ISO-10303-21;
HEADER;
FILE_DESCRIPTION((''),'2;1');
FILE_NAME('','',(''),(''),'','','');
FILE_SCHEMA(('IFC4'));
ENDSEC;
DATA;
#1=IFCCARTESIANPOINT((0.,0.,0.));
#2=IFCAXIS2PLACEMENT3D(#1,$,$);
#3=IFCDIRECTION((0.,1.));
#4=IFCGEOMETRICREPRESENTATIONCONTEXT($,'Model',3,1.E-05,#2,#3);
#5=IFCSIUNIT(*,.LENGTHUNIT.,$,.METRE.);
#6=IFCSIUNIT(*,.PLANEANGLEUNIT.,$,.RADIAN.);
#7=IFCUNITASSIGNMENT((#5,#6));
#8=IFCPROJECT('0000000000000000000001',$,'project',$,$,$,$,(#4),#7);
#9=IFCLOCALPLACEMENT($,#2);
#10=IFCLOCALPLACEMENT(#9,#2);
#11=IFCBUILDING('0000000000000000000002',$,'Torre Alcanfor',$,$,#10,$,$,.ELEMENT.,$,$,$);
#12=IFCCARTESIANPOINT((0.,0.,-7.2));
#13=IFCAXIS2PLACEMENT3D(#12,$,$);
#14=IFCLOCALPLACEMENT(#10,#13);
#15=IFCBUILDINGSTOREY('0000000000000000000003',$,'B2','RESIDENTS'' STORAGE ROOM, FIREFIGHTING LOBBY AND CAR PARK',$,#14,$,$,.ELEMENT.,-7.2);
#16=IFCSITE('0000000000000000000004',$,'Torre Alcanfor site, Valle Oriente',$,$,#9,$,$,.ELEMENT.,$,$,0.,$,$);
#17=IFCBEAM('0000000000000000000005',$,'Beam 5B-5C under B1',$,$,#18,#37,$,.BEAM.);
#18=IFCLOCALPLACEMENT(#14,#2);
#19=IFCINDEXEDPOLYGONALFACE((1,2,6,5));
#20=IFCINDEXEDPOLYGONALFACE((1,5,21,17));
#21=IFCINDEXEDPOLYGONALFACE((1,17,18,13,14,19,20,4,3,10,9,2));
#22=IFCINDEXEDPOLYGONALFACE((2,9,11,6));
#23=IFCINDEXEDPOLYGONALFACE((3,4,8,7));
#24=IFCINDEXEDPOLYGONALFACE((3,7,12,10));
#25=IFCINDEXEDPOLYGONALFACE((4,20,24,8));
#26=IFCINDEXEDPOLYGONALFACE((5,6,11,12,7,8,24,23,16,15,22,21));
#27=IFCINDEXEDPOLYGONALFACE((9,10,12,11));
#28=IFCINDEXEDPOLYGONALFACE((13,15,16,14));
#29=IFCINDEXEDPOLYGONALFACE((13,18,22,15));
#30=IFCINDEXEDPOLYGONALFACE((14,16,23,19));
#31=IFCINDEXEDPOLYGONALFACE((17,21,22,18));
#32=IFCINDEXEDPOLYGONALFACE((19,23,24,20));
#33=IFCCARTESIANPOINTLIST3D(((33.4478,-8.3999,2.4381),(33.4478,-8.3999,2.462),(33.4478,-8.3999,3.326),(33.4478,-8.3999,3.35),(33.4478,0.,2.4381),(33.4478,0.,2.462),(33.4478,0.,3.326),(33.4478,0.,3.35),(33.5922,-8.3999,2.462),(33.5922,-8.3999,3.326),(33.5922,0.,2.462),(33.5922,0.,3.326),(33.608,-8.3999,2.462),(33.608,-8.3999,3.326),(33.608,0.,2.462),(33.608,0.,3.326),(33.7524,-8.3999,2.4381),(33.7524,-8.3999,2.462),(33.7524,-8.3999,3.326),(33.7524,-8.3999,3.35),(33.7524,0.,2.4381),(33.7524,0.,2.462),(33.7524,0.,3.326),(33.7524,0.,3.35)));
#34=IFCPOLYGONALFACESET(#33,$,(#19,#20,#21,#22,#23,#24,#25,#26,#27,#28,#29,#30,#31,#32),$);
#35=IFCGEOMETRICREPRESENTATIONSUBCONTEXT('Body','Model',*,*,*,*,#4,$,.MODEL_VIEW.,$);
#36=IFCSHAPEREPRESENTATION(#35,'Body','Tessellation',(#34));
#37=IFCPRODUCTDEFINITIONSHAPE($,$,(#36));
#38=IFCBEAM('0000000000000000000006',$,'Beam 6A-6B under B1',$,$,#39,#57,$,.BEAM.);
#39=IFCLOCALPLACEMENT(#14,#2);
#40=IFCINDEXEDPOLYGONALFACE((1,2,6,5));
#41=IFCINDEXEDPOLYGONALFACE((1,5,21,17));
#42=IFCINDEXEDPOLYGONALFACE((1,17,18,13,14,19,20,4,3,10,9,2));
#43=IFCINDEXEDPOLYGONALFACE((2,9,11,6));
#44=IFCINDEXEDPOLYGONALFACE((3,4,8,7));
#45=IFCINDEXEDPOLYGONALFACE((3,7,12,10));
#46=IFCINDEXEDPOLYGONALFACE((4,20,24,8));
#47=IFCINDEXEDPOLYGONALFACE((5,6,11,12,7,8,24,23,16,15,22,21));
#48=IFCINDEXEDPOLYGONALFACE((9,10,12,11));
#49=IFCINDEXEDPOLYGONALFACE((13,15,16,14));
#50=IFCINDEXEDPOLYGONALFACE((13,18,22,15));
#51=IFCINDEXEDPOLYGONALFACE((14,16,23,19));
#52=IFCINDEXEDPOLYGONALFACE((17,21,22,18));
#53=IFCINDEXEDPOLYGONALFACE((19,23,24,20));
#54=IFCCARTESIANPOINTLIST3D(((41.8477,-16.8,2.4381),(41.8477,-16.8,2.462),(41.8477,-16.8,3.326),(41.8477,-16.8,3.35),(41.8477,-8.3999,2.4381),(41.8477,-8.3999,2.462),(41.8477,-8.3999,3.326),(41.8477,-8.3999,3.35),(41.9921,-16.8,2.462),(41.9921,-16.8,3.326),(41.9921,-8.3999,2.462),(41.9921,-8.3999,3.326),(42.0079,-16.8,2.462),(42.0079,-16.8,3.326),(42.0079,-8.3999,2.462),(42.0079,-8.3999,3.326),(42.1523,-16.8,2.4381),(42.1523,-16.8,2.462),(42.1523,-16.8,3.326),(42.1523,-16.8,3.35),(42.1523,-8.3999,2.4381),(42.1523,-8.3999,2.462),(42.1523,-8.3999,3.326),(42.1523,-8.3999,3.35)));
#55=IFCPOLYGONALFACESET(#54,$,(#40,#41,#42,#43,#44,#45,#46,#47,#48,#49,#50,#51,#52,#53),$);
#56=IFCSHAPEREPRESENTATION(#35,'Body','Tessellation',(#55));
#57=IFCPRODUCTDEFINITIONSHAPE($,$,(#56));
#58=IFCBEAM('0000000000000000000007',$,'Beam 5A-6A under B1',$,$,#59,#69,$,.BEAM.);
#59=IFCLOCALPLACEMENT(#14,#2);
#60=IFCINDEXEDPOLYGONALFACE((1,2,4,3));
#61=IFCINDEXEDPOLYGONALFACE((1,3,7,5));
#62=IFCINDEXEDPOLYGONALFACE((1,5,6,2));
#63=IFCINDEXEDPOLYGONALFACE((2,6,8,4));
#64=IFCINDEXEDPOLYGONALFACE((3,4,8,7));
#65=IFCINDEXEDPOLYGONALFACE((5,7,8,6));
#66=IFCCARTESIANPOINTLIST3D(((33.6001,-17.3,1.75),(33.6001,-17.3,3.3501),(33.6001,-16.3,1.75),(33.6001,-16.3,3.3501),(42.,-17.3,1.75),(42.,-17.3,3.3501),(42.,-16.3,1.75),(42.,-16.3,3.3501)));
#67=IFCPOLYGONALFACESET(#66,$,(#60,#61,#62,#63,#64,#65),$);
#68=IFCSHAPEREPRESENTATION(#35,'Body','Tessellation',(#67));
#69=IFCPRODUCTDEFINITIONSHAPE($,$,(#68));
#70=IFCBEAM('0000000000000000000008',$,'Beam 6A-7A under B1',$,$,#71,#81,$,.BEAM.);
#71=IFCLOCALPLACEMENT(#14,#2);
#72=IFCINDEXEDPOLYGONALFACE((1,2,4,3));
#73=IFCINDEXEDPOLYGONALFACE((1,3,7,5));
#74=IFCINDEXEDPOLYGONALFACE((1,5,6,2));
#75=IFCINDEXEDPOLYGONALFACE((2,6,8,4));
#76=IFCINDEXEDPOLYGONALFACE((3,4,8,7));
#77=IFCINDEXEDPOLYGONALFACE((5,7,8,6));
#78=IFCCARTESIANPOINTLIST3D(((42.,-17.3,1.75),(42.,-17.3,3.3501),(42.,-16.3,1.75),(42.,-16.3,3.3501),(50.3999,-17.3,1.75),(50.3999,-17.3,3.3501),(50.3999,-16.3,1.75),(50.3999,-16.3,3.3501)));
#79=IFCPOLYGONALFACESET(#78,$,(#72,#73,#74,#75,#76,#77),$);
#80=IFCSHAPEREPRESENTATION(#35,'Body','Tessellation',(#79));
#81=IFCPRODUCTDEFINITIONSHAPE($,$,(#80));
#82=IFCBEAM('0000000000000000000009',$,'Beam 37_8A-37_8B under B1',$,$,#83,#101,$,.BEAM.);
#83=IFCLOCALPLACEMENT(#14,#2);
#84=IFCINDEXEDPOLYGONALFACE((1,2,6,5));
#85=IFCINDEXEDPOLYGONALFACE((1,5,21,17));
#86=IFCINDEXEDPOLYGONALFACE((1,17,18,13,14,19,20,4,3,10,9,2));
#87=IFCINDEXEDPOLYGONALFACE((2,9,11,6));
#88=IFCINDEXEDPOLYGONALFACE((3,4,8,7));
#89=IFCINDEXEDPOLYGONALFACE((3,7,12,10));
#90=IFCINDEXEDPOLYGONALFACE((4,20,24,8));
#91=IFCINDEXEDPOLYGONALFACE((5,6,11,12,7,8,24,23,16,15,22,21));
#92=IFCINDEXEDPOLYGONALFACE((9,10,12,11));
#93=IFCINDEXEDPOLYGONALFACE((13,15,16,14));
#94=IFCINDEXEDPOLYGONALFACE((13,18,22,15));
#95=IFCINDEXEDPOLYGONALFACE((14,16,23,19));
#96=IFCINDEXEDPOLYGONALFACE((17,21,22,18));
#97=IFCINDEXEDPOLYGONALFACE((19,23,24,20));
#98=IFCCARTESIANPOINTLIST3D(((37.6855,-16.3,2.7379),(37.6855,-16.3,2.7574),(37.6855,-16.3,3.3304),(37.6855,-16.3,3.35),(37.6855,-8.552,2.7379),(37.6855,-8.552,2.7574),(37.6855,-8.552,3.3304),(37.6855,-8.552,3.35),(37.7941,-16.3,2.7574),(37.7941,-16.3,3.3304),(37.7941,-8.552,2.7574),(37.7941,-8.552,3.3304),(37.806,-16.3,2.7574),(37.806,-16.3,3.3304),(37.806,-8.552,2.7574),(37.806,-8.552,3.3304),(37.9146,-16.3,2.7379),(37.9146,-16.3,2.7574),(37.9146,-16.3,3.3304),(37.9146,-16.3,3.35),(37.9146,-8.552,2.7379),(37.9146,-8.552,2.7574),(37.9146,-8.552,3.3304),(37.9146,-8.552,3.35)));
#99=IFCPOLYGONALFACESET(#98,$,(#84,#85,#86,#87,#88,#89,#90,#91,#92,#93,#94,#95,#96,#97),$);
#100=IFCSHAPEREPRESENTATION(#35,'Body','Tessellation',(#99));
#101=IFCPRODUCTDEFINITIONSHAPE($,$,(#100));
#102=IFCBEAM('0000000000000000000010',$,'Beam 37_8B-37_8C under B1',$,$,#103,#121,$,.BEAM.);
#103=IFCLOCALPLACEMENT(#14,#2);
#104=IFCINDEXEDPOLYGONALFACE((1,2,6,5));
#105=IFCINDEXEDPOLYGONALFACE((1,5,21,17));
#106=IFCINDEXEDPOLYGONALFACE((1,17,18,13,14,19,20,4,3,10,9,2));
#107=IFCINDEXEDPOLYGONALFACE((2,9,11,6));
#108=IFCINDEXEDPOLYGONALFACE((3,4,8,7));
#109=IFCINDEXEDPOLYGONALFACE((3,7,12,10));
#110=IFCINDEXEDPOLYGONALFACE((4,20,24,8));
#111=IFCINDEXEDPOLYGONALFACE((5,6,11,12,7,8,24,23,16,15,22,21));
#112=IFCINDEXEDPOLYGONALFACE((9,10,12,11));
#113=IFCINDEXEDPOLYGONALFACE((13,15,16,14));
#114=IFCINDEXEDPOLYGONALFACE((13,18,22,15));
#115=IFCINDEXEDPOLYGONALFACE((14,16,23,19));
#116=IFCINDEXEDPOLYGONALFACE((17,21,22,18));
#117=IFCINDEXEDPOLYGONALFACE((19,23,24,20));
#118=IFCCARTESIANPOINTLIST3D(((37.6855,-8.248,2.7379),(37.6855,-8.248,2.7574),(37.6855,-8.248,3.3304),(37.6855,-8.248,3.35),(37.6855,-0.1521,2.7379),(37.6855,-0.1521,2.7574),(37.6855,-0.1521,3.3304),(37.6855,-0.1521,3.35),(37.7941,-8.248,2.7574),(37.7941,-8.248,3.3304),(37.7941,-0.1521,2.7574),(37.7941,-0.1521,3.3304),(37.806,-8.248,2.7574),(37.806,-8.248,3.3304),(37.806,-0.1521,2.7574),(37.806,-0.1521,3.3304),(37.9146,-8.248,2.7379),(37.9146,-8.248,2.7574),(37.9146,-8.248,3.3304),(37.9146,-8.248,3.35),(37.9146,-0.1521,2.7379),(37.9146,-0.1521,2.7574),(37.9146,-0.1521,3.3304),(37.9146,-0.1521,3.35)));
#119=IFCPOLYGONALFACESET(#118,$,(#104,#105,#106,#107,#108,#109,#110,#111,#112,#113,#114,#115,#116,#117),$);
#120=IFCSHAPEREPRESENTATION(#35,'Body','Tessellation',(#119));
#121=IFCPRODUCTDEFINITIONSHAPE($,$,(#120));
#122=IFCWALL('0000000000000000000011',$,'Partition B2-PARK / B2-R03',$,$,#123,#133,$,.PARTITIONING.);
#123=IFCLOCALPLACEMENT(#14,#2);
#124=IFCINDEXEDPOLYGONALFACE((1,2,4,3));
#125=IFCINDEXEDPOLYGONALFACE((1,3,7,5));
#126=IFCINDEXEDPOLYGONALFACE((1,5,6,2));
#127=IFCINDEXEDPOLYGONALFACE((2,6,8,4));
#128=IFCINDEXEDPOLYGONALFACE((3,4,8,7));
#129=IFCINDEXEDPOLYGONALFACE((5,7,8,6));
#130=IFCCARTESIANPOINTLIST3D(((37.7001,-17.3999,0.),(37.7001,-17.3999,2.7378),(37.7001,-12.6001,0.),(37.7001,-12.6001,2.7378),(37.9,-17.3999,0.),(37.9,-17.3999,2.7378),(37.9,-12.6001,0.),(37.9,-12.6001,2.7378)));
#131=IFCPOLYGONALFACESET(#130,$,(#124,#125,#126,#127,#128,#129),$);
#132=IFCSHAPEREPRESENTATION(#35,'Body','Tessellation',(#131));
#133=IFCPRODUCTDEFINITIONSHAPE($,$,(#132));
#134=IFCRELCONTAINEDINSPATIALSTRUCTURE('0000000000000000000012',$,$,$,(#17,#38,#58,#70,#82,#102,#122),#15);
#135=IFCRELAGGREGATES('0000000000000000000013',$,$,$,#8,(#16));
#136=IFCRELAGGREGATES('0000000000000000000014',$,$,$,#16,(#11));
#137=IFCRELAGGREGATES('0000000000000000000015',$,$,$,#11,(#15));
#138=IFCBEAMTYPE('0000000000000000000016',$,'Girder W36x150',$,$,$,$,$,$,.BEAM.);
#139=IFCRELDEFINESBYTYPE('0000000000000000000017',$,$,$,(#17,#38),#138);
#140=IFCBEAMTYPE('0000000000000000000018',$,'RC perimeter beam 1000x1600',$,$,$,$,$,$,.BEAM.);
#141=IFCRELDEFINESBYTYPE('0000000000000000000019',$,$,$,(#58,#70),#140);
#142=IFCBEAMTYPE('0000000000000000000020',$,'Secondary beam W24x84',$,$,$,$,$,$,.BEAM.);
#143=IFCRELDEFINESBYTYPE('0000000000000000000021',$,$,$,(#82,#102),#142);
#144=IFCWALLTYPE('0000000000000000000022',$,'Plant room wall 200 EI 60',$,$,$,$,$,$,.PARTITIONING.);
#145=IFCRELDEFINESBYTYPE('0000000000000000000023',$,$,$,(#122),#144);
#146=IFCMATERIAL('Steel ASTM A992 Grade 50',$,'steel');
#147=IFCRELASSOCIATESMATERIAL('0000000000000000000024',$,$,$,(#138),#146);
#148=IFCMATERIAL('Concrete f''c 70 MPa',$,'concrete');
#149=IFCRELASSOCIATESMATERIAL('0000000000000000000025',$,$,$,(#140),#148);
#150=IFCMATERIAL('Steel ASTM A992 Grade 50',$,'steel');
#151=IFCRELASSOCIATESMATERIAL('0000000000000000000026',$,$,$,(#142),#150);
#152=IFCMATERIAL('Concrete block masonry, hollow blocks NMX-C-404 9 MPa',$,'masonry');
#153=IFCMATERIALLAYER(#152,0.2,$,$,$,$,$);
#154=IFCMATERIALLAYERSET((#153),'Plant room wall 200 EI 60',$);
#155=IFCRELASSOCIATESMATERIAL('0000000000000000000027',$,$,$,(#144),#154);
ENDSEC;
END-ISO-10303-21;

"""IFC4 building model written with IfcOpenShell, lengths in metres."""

from ifc_helpers import new_model, si_unit, direction, frame, frame_2d, origin, origin_2d, place, context, subcontext, project, spatial, rectangle, i_section, extrude, material, layer, layer_set, material_profile, profile_set, type_object, element, save


model = new_model("IFC4")

# Units and contexts
model_context = context("Model", 3, precision=1e-05, world=origin(), true_north=direction((0.0, 1.0)))
body_context = subcontext(model_context, "Body", "Model", "MODEL_VIEW")
ifc_project = project(units=[si_unit("LENGTHUNIT", "METRE"), si_unit("PLANEANGLEUNIT", "RADIAN")], contexts=[model_context])

# Site, building, storey
site_placement = place(None, origin())
site = spatial("IfcSite", under=ifc_project, at=site_placement, Name="Torre Alcanfor site, Valle Oriente", CompositionType="ELEMENT", RefElevation=0.0)
building_placement = place(site_placement, origin())
building = spatial("IfcBuilding", under=site, at=building_placement, Name="Torre Alcanfor", CompositionType="ELEMENT")
storey_placement = place(building_placement, frame((0.0, 0.0, -7.2)))
storey = spatial("IfcBuildingStorey", under=building, at=storey_placement, Name="B2", Description="RESIDENTS' STORAGE ROOM, FIREFIGHTING LOBBY AND CAR PARK", CompositionType="ELEMENT", Elevation=-7.2)

# Beams
ifc_material_1 = material(Name="Steel ASTM A992 Grade 50", Category="steel")
ifc_material_profile_1 = material_profile(ifc_material_1, i_section(OverallWidth=0.3047, OverallDepth=0.9119, WebThickness=0.0159, FlangeThickness=0.0239, at=origin_2d()), Name="W36x150")
ifc_profile_set_1 = profile_set([ifc_material_profile_1], Name="Steel ASTM A992 Grade 50")
beam_type_1 = type_object("IfcBeamType", Name="Girder W36x150", PredefinedType="BEAM", material=ifc_profile_set_1)
beam_1_placement = place(storey_placement, frame((33.6001, -8.3999, 2.894), z_axis=(0.0, 1.0, 0.0), x_axis=(-1.0, 0.0, 0.0)))
element("IfcBeam", 1, at=beam_1_placement, inside=storey, type_object=beam_type_1, Name="Beam 5B-5C under B1", PredefinedType="BEAM", context=body_context, shape_type="SweptSolid", body=[
    extrude(i_section(OverallWidth=0.3047, OverallDepth=0.9119, WebThickness=0.0159, FlangeThickness=0.0239, at=origin_2d()), origin(), (0.0, 0.0, 1.0), 8.3999),
])
beam_2_placement = place(storey_placement, frame((42.0, -16.8, 2.894), z_axis=(0.0, 1.0, 0.0), x_axis=(-1.0, 0.0, 0.0)))
element("IfcBeam", 2, at=beam_2_placement, inside=storey, type_object=beam_type_1, Name="Beam 6A-6B under B1", PredefinedType="BEAM", context=body_context, shape_type="SweptSolid", body=[
    extrude(i_section(OverallWidth=0.3047, OverallDepth=0.9119, WebThickness=0.0159, FlangeThickness=0.0239, at=origin_2d()), origin(), (0.0, 0.0, 1.0), 8.4001),
])
ifc_material_2 = material(Name="Concrete f'c 70 MPa", Category="concrete")
ifc_material_profile_2 = material_profile(ifc_material_2, rectangle(XDim=1.0, YDim=1.6001, at=origin_2d()), Name="1000x1600")
ifc_profile_set_2 = profile_set([ifc_material_profile_2], Name="Concrete f'c 70 MPa")
beam_type_2 = type_object("IfcBeamType", Name="RC perimeter beam 1000x1600", PredefinedType="BEAM", material=ifc_profile_set_2)
for number, where, z_axis, x_axis, name in (
    (3, (33.6001, -16.8, 2.55), (1.0, 0.0, 0.0), (0.0, 1.0, 0.0), "Beam 5A-6A under B1"),
    (4, (42.0, -16.8, 2.55), (1.0, 0.0, 0.0), (0.0, 1.0, 0.0), "Beam 6A-7A under B1"),
):
    element("IfcBeam", number, at=place(storey_placement, frame(where, z_axis=z_axis, x_axis=x_axis)), inside=storey, type_object=beam_type_2, Name=name, PredefinedType="BEAM", context=body_context, shape_type="SweptSolid", body=[
        extrude(rectangle(XDim=1.0, YDim=1.6001, at=origin_2d()), origin(), (0.0, 0.0, 1.0), 8.3999),
    ])
ifc_material_3 = material(Name="Steel ASTM A992 Grade 50", Category="steel")
ifc_material_profile_3 = material_profile(ifc_material_3, i_section(OverallWidth=0.229, OverallDepth=0.6121, WebThickness=0.012, FlangeThickness=0.0195, at=origin_2d()), Name="W24x84")
ifc_profile_set_3 = profile_set([ifc_material_profile_3], Name="Steel ASTM A992 Grade 50")
beam_type_3 = type_object("IfcBeamType", Name="Secondary beam W24x84", PredefinedType="BEAM", material=ifc_profile_set_3)
beam_3_placement = place(storey_placement, frame((37.8, -16.3, 3.0439), z_axis=(0.0, 1.0, 0.0), x_axis=(-1.0, 0.0, 0.0)))
element("IfcBeam", 5, at=beam_3_placement, inside=storey, type_object=beam_type_3, Name="Beam 37_8A-37_8B under B1", PredefinedType="BEAM", context=body_context, shape_type="SweptSolid", body=[
    extrude(i_section(OverallWidth=0.229, OverallDepth=0.6121, WebThickness=0.012, FlangeThickness=0.0195, at=origin_2d()), origin(), (0.0, 0.0, 1.0), 7.748),
])
beam_4_placement = place(storey_placement, frame((37.8, -8.248, 3.0439), z_axis=(0.0, 1.0, 0.0), x_axis=(-1.0, 0.0, 0.0)))
element("IfcBeam", 6, at=beam_4_placement, inside=storey, type_object=beam_type_3, Name="Beam 37_8B-37_8C under B1", PredefinedType="BEAM", context=body_context, shape_type="SweptSolid", body=[
    extrude(i_section(OverallWidth=0.229, OverallDepth=0.6121, WebThickness=0.012, FlangeThickness=0.0195, at=origin_2d()), origin(), (0.0, 0.0, 1.0), 8.0959),
])

# Wall
ifc_material_4 = material(Name="Concrete block masonry, hollow blocks NMX-C-404 9 MPa", Category="masonry")
ifc_layer_1 = layer(ifc_material_4, 0.2)
ifc_layer_set_1 = layer_set([ifc_layer_1], Name="Plant room wall 200 EI 60")
wall_type = type_object("IfcWallType", Name="Plant room wall 200 EI 60", PredefinedType="PARTITIONING", material=ifc_layer_set_1)
wall_1_placement = place(storey_placement, frame((37.8, -17.3999, 0.0), z_axis=(0.0, 0.0, 1.0), x_axis=(0.0, 1.0, 0.0)))
element("IfcWall", 7, at=wall_1_placement, inside=storey, type_object=wall_type, Name="Partition B2-PARK / B2-R03", PredefinedType="PARTITIONING", context=body_context, shape_type="SweptSolid", body=[
    extrude(rectangle(XDim=4.7998, YDim=0.2, at=frame_2d((2.3999, 0.0))), origin(), (0.0, 0.0, 1.0), 2.7378),
])

save(model, "model.ifc")
